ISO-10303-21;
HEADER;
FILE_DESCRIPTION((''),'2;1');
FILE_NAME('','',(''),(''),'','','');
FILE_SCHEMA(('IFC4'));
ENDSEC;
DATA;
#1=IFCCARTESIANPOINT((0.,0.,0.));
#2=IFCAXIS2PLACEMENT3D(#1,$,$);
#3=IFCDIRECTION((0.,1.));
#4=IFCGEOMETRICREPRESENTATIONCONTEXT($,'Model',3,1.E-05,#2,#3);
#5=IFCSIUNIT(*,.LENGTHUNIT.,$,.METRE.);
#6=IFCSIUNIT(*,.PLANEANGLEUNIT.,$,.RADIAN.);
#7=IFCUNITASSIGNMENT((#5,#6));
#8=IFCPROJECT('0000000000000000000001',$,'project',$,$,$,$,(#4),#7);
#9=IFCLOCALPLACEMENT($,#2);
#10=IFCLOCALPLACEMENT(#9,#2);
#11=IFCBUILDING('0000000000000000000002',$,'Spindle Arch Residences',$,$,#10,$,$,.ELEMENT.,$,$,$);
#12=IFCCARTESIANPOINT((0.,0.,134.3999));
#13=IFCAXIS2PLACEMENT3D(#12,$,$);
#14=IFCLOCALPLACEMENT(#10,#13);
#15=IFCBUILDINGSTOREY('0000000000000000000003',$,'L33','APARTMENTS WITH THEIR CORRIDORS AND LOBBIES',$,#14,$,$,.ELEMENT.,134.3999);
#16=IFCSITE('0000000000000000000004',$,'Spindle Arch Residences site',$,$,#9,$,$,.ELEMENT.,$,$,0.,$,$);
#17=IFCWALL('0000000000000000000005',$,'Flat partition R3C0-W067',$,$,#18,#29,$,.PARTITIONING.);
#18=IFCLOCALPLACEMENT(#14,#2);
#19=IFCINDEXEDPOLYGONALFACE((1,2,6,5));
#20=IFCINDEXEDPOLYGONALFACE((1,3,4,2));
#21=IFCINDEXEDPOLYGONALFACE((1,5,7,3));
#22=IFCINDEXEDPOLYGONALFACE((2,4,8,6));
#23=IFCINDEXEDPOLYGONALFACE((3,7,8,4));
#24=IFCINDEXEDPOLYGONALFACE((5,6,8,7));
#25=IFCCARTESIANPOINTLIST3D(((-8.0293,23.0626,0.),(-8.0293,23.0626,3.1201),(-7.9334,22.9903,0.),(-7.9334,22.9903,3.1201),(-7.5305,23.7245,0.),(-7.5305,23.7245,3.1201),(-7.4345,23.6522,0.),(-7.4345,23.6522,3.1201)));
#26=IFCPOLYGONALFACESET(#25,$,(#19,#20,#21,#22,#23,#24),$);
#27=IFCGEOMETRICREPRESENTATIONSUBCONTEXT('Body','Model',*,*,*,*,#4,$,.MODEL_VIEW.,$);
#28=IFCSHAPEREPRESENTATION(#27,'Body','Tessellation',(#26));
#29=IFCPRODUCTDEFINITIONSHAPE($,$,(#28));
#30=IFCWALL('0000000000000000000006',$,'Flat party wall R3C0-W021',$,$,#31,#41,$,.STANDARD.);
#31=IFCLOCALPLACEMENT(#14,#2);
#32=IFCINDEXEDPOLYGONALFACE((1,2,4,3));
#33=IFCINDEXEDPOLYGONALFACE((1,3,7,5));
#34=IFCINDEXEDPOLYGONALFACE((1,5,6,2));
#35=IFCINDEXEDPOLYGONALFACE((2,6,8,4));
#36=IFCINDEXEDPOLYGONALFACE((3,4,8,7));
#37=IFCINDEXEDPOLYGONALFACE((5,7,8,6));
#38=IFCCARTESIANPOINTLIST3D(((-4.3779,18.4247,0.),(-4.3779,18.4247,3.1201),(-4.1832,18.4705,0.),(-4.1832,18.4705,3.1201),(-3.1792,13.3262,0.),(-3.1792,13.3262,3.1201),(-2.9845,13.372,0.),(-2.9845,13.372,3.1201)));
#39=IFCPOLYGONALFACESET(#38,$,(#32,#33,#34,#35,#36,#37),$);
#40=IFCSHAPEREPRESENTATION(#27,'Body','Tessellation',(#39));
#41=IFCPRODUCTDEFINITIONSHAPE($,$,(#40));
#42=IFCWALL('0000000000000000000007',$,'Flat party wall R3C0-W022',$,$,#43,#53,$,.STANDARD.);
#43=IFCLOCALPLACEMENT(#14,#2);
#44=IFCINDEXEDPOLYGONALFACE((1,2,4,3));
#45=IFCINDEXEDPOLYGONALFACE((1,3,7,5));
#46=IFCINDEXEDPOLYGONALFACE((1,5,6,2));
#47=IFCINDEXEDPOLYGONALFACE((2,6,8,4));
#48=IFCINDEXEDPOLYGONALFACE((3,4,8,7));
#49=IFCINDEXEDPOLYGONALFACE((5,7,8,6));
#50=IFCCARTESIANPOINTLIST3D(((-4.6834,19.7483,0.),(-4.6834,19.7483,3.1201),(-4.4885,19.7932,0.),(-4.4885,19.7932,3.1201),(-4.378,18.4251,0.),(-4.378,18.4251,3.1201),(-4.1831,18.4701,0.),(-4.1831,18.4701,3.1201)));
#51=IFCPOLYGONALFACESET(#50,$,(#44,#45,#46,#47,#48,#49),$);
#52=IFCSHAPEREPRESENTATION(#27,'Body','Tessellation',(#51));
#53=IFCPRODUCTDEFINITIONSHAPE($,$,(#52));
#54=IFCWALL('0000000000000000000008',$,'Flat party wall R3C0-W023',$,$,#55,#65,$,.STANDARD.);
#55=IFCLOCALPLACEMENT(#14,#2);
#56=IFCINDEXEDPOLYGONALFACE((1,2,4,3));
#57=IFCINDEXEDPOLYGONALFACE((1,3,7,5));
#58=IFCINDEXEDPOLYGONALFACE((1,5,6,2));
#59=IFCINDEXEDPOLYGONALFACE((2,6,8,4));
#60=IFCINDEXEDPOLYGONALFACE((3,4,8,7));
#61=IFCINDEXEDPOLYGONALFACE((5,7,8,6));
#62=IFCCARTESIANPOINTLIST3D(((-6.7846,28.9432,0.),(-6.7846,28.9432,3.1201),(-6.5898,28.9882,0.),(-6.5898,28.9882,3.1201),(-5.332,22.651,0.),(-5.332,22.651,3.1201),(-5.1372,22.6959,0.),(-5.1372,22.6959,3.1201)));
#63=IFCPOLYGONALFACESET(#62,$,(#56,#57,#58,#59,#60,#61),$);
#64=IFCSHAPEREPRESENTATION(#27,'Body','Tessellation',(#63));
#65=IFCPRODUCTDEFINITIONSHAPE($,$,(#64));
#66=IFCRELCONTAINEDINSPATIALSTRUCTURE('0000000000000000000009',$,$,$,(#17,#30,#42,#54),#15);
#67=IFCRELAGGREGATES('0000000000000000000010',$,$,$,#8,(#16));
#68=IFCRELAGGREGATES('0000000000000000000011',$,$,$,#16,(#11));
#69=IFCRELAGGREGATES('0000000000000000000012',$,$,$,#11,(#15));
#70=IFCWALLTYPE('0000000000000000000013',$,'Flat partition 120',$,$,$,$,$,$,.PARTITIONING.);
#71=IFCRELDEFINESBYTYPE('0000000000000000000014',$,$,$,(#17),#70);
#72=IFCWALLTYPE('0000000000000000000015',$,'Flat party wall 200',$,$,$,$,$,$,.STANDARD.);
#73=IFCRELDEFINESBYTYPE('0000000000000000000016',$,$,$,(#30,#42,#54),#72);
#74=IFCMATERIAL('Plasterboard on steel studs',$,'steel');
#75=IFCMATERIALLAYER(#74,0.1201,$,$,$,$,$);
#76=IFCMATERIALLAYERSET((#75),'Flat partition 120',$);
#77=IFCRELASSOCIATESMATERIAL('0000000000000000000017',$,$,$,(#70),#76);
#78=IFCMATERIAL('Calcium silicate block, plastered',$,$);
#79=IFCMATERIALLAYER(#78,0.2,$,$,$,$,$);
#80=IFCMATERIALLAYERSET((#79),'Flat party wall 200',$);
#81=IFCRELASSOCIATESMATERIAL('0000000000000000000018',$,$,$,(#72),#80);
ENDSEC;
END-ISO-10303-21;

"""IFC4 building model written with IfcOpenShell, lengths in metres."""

from ifc_helpers import new_model, si_unit, direction, frame, frame_2d, origin, place, context, subcontext, project, spatial, rectangle, extrude, material, layer, layer_set, type_object, element, save


model = new_model("IFC4")

# Units and contexts
model_context = context("Model", 3, precision=1e-05, world=origin(), true_north=direction((0.0, 1.0)))
body_context = subcontext(model_context, "Body", "Model", "MODEL_VIEW")
ifc_project = project(units=[si_unit("LENGTHUNIT", "METRE"), si_unit("PLANEANGLEUNIT", "RADIAN")], contexts=[model_context])

# Site, building, storey
site_placement = place(None, origin())
site = spatial("IfcSite", under=ifc_project, at=site_placement, Name="Spindle Arch Residences site", CompositionType="ELEMENT", RefElevation=0.0)
building_placement = place(site_placement, origin())
building = spatial("IfcBuilding", under=site, at=building_placement, Name="Spindle Arch Residences", CompositionType="ELEMENT")
storey_placement = place(building_placement, frame((0.0, 0.0, 134.3999)))
storey = spatial("IfcBuildingStorey", under=building, at=storey_placement, Name="L33", Description="APARTMENTS WITH THEIR CORRIDORS AND LOBBIES", CompositionType="ELEMENT", Elevation=134.3999)

# Shared definitions
ifc_material_1 = material(Name="Plasterboard on steel studs", Category="steel")
ifc_layer_1 = layer(ifc_material_1, 0.1201)
ifc_layer_set_1 = layer_set([ifc_layer_1], Name="Flat partition 120")
wall_type_1 = type_object("IfcWallType", Name="Flat partition 120", PredefinedType="PARTITIONING", material=ifc_layer_set_1)

# Walls
wall_1_placement = place(storey_placement, frame((-7.4824, 23.6885, 0.0), z_axis=(0.0, 0.0, 1.0), x_axis=(-0.601837, -0.798619, 0.0)))
element("IfcWall", 1, at=wall_1_placement, inside=storey, type_object=wall_type_1, Name="Flat partition R3C0-W067", PredefinedType="PARTITIONING", context=body_context, shape_type="SweptSolid", body=[
    extrude(rectangle(XDim=0.8289, YDim=0.1201, at=frame_2d((0.4146, 0.0))), origin(), (0.0, 0.0, 1.0), 3.1201),
])
ifc_material_2 = material(Name="Calcium silicate block, plastered")
ifc_layer_2 = layer(ifc_material_2, 0.2)
ifc_layer_set_2 = layer_set([ifc_layer_2], Name="Flat party wall 200")
wall_type_2 = type_object("IfcWallType", Name="Flat party wall 200", PredefinedType="STANDARD", material=ifc_layer_set_2)
wall_2_placement = place(storey_placement, frame((-4.2805, 18.4475, 0.0), z_axis=(0.0, 0.0, 1.0), x_axis=(0.228868, -0.973457, 0.0)))
element("IfcWall", 2, at=wall_2_placement, inside=storey, type_object=wall_type_2, Name="Flat party wall R3C0-W021", PredefinedType="STANDARD", context=body_context, shape_type="SweptSolid", body=[
    extrude(rectangle(XDim=5.2375, YDim=0.2, at=frame_2d((2.6187, 0.0))), origin(), (0.0, 0.0, 1.0), 3.1201),
])
wall_3_placement = place(storey_placement, frame((-4.5859, 19.7708, 0.0), z_axis=(0.0, 0.0, 1.0), x_axis=(0.224899, -0.974382, 0.0)))
element("IfcWall", 3, at=wall_3_placement, inside=storey, type_object=wall_type_2, Name="Flat party wall R3C0-W022", PredefinedType="STANDARD", context=body_context, shape_type="SweptSolid", body=[
    extrude(rectangle(XDim=1.3579, YDim=0.2, at=frame_2d((0.679, 0.0))), origin(), (0.0, 0.0, 1.0), 3.1201),
])
wall_4_placement = place(storey_placement, frame((-6.6873, 28.9658, 0.0), z_axis=(0.0, 0.0, 1.0), x_axis=(0.224945, -0.974371, 0.0)))
element("IfcWall", 4, at=wall_4_placement, inside=storey, type_object=wall_type_2, Name="Flat party wall R3C0-W023", PredefinedType="STANDARD", context=body_context, shape_type="SweptSolid", body=[
    extrude(rectangle(XDim=6.4578, YDim=0.2, at=frame_2d((3.229, 0.0))), origin(), (0.0, 0.0, 1.0), 3.1201),
])

save(model, "model.ifc")
